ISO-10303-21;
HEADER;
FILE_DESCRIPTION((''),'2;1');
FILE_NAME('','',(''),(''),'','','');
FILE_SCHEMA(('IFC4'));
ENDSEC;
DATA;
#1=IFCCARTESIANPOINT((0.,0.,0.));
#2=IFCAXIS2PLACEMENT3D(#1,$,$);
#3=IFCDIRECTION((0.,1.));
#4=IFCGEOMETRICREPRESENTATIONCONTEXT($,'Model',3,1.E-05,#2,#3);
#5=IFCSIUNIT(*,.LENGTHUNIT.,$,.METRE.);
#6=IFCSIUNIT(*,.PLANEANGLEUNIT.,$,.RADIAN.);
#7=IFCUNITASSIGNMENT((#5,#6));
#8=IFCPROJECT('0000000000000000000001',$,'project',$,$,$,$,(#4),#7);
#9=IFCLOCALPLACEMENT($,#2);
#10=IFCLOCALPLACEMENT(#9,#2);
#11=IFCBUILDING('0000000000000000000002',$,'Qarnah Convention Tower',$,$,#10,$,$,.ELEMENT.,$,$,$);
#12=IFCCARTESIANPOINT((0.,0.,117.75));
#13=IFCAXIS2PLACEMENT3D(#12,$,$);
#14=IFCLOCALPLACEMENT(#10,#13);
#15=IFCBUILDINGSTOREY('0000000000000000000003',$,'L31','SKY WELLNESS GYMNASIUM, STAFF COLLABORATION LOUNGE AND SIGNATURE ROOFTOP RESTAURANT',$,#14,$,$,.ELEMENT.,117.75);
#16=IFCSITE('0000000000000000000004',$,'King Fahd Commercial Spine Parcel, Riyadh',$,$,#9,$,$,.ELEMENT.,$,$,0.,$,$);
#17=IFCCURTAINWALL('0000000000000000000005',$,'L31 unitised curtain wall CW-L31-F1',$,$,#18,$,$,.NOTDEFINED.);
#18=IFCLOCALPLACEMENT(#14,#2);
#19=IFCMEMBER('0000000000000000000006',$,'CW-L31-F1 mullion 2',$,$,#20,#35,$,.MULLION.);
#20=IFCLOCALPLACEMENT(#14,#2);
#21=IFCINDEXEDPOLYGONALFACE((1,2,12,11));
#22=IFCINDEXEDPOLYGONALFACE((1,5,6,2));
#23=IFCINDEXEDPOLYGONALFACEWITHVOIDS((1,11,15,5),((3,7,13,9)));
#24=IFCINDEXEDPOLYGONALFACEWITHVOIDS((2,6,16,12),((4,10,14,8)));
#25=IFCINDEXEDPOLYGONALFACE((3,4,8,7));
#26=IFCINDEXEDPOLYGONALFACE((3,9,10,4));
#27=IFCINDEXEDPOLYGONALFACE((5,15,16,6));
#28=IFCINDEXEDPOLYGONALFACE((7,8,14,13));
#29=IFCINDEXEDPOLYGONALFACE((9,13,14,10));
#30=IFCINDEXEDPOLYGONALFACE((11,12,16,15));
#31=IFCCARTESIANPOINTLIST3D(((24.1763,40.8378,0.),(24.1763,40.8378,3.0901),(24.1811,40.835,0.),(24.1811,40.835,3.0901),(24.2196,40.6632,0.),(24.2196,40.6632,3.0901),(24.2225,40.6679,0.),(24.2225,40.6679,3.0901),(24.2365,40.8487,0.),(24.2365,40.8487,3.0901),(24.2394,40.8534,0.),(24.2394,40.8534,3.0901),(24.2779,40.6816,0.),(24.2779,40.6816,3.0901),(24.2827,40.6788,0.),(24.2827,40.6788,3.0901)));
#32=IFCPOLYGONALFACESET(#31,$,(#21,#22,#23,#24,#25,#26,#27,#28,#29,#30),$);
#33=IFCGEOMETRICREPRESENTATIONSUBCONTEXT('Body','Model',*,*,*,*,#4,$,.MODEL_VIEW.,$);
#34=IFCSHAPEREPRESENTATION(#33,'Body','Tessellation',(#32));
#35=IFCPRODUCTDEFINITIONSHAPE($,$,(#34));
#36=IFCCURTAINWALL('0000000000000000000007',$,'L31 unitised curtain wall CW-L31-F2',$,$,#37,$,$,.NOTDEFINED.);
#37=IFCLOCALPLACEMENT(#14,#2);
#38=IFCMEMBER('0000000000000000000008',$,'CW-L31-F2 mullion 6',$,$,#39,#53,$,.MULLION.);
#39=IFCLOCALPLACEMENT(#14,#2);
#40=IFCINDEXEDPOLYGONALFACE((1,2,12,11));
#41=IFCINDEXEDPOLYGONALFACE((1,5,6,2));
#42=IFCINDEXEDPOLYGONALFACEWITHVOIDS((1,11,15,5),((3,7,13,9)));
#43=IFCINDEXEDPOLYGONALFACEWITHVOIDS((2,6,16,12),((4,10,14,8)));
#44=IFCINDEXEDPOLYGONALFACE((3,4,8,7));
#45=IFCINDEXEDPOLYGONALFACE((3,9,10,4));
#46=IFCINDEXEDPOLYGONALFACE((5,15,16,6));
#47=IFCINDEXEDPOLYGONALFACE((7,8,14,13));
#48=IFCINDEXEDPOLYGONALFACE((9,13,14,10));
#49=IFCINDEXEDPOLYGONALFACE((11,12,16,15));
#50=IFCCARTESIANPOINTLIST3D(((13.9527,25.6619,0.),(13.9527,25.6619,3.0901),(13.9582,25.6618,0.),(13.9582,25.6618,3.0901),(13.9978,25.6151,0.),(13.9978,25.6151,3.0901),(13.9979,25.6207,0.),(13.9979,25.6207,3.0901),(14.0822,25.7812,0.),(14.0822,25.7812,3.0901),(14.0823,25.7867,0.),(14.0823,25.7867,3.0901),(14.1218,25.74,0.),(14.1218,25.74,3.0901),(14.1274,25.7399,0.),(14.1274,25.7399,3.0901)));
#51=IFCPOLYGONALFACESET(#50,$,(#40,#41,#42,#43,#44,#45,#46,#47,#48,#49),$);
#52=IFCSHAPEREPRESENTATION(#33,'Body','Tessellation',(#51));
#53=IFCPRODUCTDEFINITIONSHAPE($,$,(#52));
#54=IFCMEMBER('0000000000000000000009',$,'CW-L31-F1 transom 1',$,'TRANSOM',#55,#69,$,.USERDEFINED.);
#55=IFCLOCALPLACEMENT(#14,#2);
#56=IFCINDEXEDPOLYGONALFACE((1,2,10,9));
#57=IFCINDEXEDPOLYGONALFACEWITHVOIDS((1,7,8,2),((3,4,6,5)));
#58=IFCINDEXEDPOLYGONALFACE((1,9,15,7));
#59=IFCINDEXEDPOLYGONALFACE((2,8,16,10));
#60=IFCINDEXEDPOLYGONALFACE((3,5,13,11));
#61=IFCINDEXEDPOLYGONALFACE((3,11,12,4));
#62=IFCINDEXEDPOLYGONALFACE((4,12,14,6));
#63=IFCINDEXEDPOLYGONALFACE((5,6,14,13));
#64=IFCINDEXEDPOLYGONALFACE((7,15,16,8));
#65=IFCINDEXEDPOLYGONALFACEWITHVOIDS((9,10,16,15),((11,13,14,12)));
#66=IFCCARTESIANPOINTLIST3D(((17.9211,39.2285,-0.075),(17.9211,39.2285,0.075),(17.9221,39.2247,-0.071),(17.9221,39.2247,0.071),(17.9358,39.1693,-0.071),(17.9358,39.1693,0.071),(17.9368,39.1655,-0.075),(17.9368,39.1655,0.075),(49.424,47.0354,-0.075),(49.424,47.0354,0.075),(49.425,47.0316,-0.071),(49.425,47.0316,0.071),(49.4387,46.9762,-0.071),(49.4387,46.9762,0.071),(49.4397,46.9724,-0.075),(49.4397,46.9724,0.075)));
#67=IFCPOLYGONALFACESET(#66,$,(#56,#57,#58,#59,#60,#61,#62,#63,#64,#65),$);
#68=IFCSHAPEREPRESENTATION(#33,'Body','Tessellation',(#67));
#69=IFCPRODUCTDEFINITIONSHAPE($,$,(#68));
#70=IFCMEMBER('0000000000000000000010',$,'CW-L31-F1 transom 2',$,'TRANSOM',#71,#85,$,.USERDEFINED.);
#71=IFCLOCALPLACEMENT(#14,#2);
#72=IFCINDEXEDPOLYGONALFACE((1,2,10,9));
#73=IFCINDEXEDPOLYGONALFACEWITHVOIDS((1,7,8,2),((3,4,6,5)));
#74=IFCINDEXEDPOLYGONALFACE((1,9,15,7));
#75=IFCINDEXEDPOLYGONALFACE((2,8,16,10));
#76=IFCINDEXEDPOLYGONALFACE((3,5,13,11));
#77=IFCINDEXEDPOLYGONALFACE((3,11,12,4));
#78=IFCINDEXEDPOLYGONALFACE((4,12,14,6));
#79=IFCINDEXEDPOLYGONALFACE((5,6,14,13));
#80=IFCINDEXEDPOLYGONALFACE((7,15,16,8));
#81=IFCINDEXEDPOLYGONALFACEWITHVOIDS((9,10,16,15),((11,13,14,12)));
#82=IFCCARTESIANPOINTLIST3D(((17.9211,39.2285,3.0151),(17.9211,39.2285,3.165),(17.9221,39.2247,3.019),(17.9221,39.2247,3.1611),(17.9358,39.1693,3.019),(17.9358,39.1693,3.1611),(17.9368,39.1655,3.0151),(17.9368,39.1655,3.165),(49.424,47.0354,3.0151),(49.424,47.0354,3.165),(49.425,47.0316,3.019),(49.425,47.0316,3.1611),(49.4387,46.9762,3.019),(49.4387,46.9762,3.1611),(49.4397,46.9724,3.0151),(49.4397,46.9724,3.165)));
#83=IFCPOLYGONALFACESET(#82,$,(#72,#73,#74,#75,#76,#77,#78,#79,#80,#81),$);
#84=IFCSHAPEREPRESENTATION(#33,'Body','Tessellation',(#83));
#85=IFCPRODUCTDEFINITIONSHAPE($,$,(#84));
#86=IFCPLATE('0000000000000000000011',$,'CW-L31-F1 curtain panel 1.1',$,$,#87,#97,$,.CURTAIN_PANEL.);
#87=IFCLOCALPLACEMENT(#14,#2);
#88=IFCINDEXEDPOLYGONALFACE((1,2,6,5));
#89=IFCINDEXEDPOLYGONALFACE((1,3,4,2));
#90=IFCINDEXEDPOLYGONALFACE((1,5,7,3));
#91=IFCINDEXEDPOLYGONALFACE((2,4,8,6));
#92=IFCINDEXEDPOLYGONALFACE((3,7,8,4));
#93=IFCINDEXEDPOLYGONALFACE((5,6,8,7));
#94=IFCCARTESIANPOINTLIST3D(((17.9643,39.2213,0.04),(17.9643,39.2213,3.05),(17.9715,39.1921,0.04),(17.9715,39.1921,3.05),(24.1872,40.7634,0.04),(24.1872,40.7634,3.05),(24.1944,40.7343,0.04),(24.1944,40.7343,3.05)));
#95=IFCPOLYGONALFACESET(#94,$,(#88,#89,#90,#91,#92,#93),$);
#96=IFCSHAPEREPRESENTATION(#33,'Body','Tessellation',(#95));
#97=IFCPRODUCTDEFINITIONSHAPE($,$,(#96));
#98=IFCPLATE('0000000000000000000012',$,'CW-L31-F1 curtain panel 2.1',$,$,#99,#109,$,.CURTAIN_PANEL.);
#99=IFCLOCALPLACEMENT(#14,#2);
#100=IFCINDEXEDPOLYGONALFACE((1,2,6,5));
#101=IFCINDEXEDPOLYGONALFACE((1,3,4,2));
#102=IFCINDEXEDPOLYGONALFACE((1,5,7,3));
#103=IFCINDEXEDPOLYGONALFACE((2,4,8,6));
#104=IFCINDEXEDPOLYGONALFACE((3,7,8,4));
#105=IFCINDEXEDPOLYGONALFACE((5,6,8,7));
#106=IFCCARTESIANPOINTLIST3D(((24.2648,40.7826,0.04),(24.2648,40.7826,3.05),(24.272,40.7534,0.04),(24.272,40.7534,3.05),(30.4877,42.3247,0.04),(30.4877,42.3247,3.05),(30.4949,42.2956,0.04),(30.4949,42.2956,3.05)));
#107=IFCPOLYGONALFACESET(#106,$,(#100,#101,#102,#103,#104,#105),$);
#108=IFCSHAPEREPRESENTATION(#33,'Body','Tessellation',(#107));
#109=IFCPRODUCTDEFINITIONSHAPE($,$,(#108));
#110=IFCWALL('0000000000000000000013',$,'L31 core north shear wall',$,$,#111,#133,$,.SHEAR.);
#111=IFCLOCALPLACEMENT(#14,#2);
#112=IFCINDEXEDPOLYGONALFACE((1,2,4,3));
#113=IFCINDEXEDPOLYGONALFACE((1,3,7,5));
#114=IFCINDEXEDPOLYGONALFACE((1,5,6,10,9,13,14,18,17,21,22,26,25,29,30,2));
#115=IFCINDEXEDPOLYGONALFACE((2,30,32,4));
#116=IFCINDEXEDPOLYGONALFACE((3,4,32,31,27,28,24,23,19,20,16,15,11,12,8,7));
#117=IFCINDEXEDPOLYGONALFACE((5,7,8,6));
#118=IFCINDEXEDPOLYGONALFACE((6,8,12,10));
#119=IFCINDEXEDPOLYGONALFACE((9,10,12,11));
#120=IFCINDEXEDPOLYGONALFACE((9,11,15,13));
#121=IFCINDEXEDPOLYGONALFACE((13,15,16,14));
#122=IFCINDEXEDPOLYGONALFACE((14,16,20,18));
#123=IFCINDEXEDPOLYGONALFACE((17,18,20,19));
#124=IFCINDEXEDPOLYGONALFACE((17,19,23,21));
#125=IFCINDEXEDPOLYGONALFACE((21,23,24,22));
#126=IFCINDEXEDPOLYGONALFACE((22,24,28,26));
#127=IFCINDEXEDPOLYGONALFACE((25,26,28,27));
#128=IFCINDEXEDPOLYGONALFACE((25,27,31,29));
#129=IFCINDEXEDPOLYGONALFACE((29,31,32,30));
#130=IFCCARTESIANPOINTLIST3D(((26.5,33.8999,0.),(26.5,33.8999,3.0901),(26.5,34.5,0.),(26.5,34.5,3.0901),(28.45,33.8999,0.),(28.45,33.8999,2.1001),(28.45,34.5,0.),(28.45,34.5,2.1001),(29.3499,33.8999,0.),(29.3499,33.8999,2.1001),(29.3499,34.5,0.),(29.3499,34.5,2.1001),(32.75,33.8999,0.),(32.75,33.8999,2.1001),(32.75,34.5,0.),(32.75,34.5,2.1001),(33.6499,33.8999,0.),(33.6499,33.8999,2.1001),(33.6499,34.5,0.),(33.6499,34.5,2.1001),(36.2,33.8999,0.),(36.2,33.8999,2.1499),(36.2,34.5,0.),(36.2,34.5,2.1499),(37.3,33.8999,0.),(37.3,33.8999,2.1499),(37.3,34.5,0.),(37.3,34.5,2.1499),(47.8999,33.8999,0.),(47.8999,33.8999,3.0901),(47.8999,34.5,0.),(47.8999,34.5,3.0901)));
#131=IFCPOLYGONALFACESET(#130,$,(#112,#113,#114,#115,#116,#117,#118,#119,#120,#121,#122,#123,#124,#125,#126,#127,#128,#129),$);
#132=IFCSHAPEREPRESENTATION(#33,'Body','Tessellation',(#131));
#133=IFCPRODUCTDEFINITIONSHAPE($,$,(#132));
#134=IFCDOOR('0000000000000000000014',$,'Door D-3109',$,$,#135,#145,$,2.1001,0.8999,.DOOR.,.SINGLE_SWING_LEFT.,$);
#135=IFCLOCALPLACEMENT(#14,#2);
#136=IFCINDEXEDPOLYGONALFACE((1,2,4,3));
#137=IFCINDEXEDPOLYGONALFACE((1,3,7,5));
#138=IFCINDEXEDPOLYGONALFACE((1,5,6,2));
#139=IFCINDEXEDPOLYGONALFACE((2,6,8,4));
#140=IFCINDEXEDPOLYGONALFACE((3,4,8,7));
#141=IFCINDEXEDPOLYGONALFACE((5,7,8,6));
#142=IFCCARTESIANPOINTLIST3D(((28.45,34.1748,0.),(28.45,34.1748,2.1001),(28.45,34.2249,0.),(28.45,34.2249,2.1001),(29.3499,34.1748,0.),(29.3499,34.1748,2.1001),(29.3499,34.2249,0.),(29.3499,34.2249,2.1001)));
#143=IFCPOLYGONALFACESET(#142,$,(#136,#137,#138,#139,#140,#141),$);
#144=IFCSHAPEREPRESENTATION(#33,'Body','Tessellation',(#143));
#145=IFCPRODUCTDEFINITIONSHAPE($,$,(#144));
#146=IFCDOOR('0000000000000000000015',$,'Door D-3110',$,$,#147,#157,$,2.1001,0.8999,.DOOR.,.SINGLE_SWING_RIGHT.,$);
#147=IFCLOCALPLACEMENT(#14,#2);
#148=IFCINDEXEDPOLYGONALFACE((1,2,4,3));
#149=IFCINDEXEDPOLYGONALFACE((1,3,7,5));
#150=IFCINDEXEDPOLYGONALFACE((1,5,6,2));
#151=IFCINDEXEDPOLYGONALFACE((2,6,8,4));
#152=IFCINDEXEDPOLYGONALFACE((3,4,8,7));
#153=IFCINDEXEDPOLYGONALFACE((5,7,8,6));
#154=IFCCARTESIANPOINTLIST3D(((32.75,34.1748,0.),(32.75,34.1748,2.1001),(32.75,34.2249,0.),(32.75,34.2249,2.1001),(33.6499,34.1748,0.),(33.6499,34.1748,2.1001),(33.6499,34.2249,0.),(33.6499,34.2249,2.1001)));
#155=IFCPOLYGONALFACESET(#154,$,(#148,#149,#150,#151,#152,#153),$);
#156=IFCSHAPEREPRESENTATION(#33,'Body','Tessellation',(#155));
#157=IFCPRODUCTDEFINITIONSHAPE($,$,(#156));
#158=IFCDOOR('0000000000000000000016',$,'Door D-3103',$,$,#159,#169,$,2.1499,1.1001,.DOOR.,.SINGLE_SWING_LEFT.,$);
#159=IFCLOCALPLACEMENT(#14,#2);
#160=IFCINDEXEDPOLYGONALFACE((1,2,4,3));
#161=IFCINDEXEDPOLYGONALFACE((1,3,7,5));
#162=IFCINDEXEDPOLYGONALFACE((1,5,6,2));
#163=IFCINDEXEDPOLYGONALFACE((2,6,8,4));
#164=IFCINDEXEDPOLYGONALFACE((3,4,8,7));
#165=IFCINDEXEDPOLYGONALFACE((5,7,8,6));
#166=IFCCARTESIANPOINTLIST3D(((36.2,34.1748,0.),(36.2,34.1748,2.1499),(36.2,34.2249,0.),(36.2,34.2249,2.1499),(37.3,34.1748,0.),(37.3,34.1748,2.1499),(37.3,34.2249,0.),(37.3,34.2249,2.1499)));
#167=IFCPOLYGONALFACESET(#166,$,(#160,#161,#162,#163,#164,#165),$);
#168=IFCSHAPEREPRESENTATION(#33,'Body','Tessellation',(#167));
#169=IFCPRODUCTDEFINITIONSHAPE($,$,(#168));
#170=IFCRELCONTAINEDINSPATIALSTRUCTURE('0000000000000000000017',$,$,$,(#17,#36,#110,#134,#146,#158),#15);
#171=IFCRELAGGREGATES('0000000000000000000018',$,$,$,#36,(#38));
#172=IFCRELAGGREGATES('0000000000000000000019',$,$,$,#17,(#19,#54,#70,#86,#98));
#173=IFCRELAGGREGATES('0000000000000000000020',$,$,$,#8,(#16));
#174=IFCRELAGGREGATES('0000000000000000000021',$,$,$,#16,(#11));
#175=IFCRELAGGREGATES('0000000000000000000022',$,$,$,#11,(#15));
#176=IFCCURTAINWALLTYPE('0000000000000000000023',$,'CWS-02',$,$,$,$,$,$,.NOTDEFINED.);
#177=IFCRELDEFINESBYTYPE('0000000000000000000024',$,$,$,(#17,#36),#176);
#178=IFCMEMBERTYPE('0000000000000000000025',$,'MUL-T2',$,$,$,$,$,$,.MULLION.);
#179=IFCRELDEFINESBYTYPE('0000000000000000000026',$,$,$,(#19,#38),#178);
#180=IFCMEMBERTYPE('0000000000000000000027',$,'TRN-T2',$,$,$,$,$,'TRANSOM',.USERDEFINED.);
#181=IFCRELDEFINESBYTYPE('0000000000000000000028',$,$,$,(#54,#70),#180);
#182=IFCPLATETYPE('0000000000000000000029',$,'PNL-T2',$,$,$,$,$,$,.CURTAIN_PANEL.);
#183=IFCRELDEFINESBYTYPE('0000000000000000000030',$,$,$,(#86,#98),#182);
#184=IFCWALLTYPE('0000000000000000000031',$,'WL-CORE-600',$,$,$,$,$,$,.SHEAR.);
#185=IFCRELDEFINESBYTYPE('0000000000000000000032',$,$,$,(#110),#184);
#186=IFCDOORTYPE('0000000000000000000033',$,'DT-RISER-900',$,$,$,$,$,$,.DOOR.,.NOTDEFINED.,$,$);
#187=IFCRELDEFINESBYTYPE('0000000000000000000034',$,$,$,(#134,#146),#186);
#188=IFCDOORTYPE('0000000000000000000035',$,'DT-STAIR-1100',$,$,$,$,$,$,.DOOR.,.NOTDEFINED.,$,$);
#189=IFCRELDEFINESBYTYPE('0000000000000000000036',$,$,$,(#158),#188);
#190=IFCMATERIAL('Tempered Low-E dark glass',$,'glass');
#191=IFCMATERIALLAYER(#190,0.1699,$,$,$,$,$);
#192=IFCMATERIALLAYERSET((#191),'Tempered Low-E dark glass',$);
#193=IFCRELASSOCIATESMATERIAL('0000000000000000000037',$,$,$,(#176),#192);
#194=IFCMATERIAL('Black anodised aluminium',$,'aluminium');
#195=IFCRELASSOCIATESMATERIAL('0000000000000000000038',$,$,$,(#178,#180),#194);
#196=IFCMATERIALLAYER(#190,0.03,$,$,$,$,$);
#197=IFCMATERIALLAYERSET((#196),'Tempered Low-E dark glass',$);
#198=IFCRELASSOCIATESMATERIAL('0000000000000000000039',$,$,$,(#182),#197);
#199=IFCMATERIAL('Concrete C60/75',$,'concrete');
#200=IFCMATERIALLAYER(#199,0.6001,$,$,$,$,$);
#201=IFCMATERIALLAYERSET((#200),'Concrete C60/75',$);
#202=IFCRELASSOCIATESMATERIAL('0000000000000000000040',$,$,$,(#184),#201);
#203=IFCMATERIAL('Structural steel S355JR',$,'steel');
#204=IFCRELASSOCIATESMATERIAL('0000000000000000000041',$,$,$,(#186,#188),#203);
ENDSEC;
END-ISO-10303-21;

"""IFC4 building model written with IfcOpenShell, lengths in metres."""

from ifc_helpers import new_model, si_unit, direction, frame, frame_2d, origin, origin_2d, place, context, subcontext, project, spatial, rectangle, hollow_rectangle, extrude, material, layer, layer_set, material_profile, profile_set, type_object, element, fill, aggregate, save


model = new_model("IFC4")

# Units and contexts
model_context = context("Model", 3, precision=1e-05, world=origin(), true_north=direction((0.0, 1.0)))
body_context = subcontext(model_context, "Body", "Model", "MODEL_VIEW")
ifc_project = project(units=[si_unit("LENGTHUNIT", "METRE"), si_unit("PLANEANGLEUNIT", "RADIAN")], contexts=[model_context])

# Site, building, storey
site_placement = place(None, origin())
site = spatial("IfcSite", under=ifc_project, at=site_placement, Name="King Fahd Commercial Spine Parcel, Riyadh", CompositionType="ELEMENT", RefElevation=0.0)
building_placement = place(site_placement, origin())
building = spatial("IfcBuilding", under=site, at=building_placement, Name="Qarnah Convention Tower", CompositionType="ELEMENT")
storey_placement = place(building_placement, frame((0.0, 0.0, 117.75)))
storey = spatial("IfcBuildingStorey", under=building, at=storey_placement, Name="L31", Description="SKY WELLNESS GYMNASIUM, STAFF COLLABORATION LOUNGE AND SIGNATURE ROOFTOP RESTAURANT", CompositionType="ELEMENT", Elevation=117.75)

# Shared definitions
ifc_material_1 = material(Name="Concrete C60/75", Category="concrete")

# Shared definitions
ifc_material_2 = material(Name="Structural steel S355JR", Category="steel")

# Curtain wall, member
ifc_material_3 = material(Name="Tempered Low-E dark glass", Category="glass")
ifc_layer_1 = layer(ifc_material_3, 0.1699)
ifc_layer_set_1 = layer_set([ifc_layer_1], Name="Tempered Low-E dark glass")
curtain_wall_type = type_object("IfcCurtainWallType", Name="CWS-02", PredefinedType="NOTDEFINED", material=ifc_layer_set_1)
curtain_wall_1_placement = place(storey_placement, origin())
curtain_wall_1 = element("IfcCurtainWall", 1, at=curtain_wall_1_placement, inside=storey, type_object=curtain_wall_type, Name="L31 unitised curtain wall CW-L31-F1", PredefinedType="NOTDEFINED")
ifc_material_4 = material(Name="Black anodised aluminium", Category="aluminium")
ifc_material_profile_1 = material_profile(ifc_material_4, hollow_rectangle(XDim=0.0649, YDim=0.1799, WallThickness=0.0039, at=origin_2d()), Name="MUL-65X180")
ifc_profile_set_1 = profile_set([ifc_material_profile_1], Name="Black anodised aluminium")
member_type_1 = type_object("IfcMemberType", Name="MUL-T2", PredefinedType="MULLION", material=ifc_profile_set_1)
member_1_placement = place(storey_placement, frame((24.2295, 40.7583, 0.0), z_axis=(0.0, 0.0, 1.0), x_axis=(0.970639, 0.240541, 0.0)))
member_1 = element("IfcMember", 2, at=member_1_placement, type_object=member_type_1, Name="CW-L31-F1 mullion 2", PredefinedType="MULLION", context=body_context, shape_type="SweptSolid", body=[
    extrude(hollow_rectangle(XDim=0.0649, YDim=0.1799, WallThickness=0.0039, at=origin_2d()), origin(), (0.0, 0.0, 1.0), 3.0901),
])

# Curtain wall, member
curtain_wall_2_placement = place(storey_placement, origin())
curtain_wall_2 = element("IfcCurtainWall", 3, at=curtain_wall_2_placement, inside=storey, type_object=curtain_wall_type, Name="L31 unitised curtain wall CW-L31-F2", PredefinedType="NOTDEFINED")
member_2_placement = place(storey_placement, frame((14.04, 25.7009, 0.0), z_axis=(0.0, 0.0, 1.0), x_axis=(-0.693639, 0.720322, 0.0)))
member_2 = element("IfcMember", 4, at=member_2_placement, type_object=member_type_1, Name="CW-L31-F2 mullion 6", PredefinedType="MULLION", context=body_context, shape_type="SweptSolid", body=[
    extrude(hollow_rectangle(XDim=0.0649, YDim=0.1799, WallThickness=0.0039, at=origin_2d()), origin(), (0.0, 0.0, 1.0), 3.0901),
])
aggregate(curtain_wall_2, [member_2])

# Members
ifc_material_profile_2 = material_profile(ifc_material_4, hollow_rectangle(XDim=0.0649, YDim=0.1499, WallThickness=0.0039, at=origin_2d()), Name="TRN-65X150")
ifc_profile_set_2 = profile_set([ifc_material_profile_2], Name="Black anodised aluminium")
member_type_2 = type_object("IfcMemberType", Name="TRN-T2", ElementType="TRANSOM", PredefinedType="USERDEFINED", material=ifc_profile_set_2)
member_3_placement = place(storey_placement, frame((17.929, 39.197, 0.0), z_axis=(0.97064, 0.240539, 0.0), x_axis=(-0.240539, 0.97064, 0.0)))
member_3 = element("IfcMember", 5, at=member_3_placement, type_object=member_type_2, Name="CW-L31-F1 transom 1", ObjectType="TRANSOM", PredefinedType="USERDEFINED", context=body_context, shape_type="SweptSolid", body=[
    extrude(hollow_rectangle(XDim=0.0649, YDim=0.1499, WallThickness=0.0039, at=origin_2d()), origin(), (0.0, 0.0, 1.0), 32.4558),
])
member_4_placement = place(storey_placement, frame((17.929, 39.197, 3.0901), z_axis=(0.97064, 0.240539, 0.0), x_axis=(-0.240539, 0.97064, 0.0)))
member_4 = element("IfcMember", 6, at=member_4_placement, type_object=member_type_2, Name="CW-L31-F1 transom 2", ObjectType="TRANSOM", PredefinedType="USERDEFINED", context=body_context, shape_type="SweptSolid", body=[
    extrude(hollow_rectangle(XDim=0.0649, YDim=0.1499, WallThickness=0.0039, at=origin_2d()), origin(), (0.0, 0.0, 1.0), 32.4558),
])

# Plates
ifc_layer_2 = layer(ifc_material_3, 0.03)
ifc_layer_set_2 = layer_set([ifc_layer_2], Name="Tempered Low-E dark glass")
plate_type = type_object("IfcPlateType", Name="PNL-T2", PredefinedType="CURTAIN_PANEL", material=ifc_layer_set_2)
plate_1_placement = place(storey_placement, frame((21.0793, 39.9778, 0.04), z_axis=(0.0, 0.0, 1.0), x_axis=(0.970639, 0.240541, 0.0)))
plate_1 = element("IfcPlate", 7, at=plate_1_placement, type_object=plate_type, Name="CW-L31-F1 curtain panel 1.1", PredefinedType="CURTAIN_PANEL", context=body_context, shape_type="SweptSolid", body=[
    extrude(rectangle(XDim=6.4111, YDim=0.03, at=origin_2d()), origin(), (0.0, 0.0, 1.0), 3.01),
])
plate_2_placement = place(storey_placement, frame((27.3799, 41.5391, 0.04), z_axis=(0.0, 0.0, 1.0), x_axis=(0.970639, 0.240541, 0.0)))
plate_2 = element("IfcPlate", 8, at=plate_2_placement, type_object=plate_type, Name="CW-L31-F1 curtain panel 2.1", PredefinedType="CURTAIN_PANEL", context=body_context, shape_type="SweptSolid", body=[
    extrude(rectangle(XDim=6.4111, YDim=0.03, at=origin_2d()), origin(), (0.0, 0.0, 1.0), 3.01),
])
aggregate(curtain_wall_1, [member_1, member_3, member_4, plate_1, plate_2])

# Wall, openings, doors
ifc_layer_3 = layer(ifc_material_1, 0.6001)
ifc_layer_set_3 = layer_set([ifc_layer_3], Name="Concrete C60/75")
wall_type_1 = type_object("IfcWallType", Name="WL-CORE-600", PredefinedType="SHEAR", material=ifc_layer_set_3)
wall_1_placement = place(storey_placement, frame((26.5, 34.2, 0.0), z_axis=(0.0, 0.0, 1.0), x_axis=(1.0, 0.0, 0.0)))
wall_1 = element("IfcWall", 9, at=wall_1_placement, inside=storey, type_object=wall_type_1, Name="L31 core north shear wall", PredefinedType="SHEAR", context=body_context, shape_type="SweptSolid", body=[
    extrude(rectangle(XDim=21.3999, YDim=0.6001, at=frame_2d((10.7, 0.0))), origin(), (0.0, 0.0, 1.0), 3.0901),
])
opening_1_placement = place(wall_1_placement, frame((9.7, 0.0, 0.0)))
opening_1 = element("IfcOpeningElement", 10, at=opening_1_placement, cuts=wall_1, PredefinedType="OPENING", context=body_context, shape_type="SweptSolid", body=[
    extrude(rectangle(XDim=1.1001, YDim=2.1499, at=frame_2d((0.55, 1.075))), frame((0.0, 0.3101, 0.0), z_axis=(0.0, -1.0, 0.0), x_axis=(1.0, 0.0, 0.0)), (0.0, 0.0, 1.0), 0.6201),
])
opening_2_placement = place(wall_1_placement, frame((1.95, 0.0, 0.0)))
opening_2 = element("IfcOpeningElement", 11, at=opening_2_placement, cuts=wall_1, PredefinedType="OPENING", context=body_context, shape_type="SweptSolid", body=[
    extrude(rectangle(XDim=0.8999, YDim=2.1001, at=frame_2d((0.45, 1.05))), frame((0.0, 0.3101, 0.0), z_axis=(0.0, -1.0, 0.0), x_axis=(1.0, 0.0, 0.0)), (0.0, 0.0, 1.0), 0.6201),
])
opening_3_placement = place(wall_1_placement, frame((6.25, 0.0, 0.0)))
opening_3 = element("IfcOpeningElement", 12, at=opening_3_placement, cuts=wall_1, PredefinedType="OPENING", context=body_context, shape_type="SweptSolid", body=[
    extrude(rectangle(XDim=0.8999, YDim=2.1001, at=frame_2d((0.45, 1.05))), frame((0.0, 0.3101, 0.0), z_axis=(0.0, -1.0, 0.0), x_axis=(1.0, 0.0, 0.0)), (0.0, 0.0, 1.0), 0.6201),
])
door_type_1 = type_object("IfcDoorType", Name="DT-RISER-900", OperationType="NOTDEFINED", PredefinedType="DOOR", material=ifc_material_2)
door_1_placement = place(opening_2_placement, origin())
door_1 = element("IfcDoor", 13, at=door_1_placement, inside=storey, type_object=door_type_1, Name="Door D-3109", OperationType="SINGLE_SWING_LEFT", OverallHeight=2.1001, OverallWidth=0.8999, PredefinedType="DOOR", context=body_context, shape_type="SweptSolid", body=[
    extrude(rectangle(XDim=0.8999, YDim=2.1001, at=frame_2d((0.45, 1.05))), frame((0.0, 0.0249, 0.0), z_axis=(0.0, -1.0, 0.0), x_axis=(1.0, 0.0, 0.0)), (0.0, 0.0, 1.0), 0.05),
])
fill(opening_2, door_1)
door_2_placement = place(opening_3_placement, origin())
door_2 = element("IfcDoor", 14, at=door_2_placement, inside=storey, type_object=door_type_1, Name="Door D-3110", OperationType="SINGLE_SWING_RIGHT", OverallHeight=2.1001, OverallWidth=0.8999, PredefinedType="DOOR", context=body_context, shape_type="SweptSolid", body=[
    extrude(rectangle(XDim=0.8999, YDim=2.1001, at=frame_2d((0.45, 1.05))), frame((0.0, 0.0249, 0.0), z_axis=(0.0, -1.0, 0.0), x_axis=(1.0, 0.0, 0.0)), (0.0, 0.0, 1.0), 0.05),
])
fill(opening_3, door_2)
door_type_2 = type_object("IfcDoorType", Name="DT-STAIR-1100", OperationType="NOTDEFINED", PredefinedType="DOOR", material=ifc_material_2)
door_3_placement = place(opening_1_placement, origin())
door_3 = element("IfcDoor", 15, at=door_3_placement, inside=storey, type_object=door_type_2, Name="Door D-3103", OperationType="SINGLE_SWING_LEFT", OverallHeight=2.1499, OverallWidth=1.1001, PredefinedType="DOOR", context=body_context, shape_type="SweptSolid", body=[
    extrude(rectangle(XDim=1.1001, YDim=2.1499, at=frame_2d((0.55, 1.075))), frame((0.0, 0.0249, 0.0), z_axis=(0.0, -1.0, 0.0), x_axis=(1.0, 0.0, 0.0)), (0.0, 0.0, 1.0), 0.05),
])
fill(opening_1, door_3)

save(model, "model.ifc")
